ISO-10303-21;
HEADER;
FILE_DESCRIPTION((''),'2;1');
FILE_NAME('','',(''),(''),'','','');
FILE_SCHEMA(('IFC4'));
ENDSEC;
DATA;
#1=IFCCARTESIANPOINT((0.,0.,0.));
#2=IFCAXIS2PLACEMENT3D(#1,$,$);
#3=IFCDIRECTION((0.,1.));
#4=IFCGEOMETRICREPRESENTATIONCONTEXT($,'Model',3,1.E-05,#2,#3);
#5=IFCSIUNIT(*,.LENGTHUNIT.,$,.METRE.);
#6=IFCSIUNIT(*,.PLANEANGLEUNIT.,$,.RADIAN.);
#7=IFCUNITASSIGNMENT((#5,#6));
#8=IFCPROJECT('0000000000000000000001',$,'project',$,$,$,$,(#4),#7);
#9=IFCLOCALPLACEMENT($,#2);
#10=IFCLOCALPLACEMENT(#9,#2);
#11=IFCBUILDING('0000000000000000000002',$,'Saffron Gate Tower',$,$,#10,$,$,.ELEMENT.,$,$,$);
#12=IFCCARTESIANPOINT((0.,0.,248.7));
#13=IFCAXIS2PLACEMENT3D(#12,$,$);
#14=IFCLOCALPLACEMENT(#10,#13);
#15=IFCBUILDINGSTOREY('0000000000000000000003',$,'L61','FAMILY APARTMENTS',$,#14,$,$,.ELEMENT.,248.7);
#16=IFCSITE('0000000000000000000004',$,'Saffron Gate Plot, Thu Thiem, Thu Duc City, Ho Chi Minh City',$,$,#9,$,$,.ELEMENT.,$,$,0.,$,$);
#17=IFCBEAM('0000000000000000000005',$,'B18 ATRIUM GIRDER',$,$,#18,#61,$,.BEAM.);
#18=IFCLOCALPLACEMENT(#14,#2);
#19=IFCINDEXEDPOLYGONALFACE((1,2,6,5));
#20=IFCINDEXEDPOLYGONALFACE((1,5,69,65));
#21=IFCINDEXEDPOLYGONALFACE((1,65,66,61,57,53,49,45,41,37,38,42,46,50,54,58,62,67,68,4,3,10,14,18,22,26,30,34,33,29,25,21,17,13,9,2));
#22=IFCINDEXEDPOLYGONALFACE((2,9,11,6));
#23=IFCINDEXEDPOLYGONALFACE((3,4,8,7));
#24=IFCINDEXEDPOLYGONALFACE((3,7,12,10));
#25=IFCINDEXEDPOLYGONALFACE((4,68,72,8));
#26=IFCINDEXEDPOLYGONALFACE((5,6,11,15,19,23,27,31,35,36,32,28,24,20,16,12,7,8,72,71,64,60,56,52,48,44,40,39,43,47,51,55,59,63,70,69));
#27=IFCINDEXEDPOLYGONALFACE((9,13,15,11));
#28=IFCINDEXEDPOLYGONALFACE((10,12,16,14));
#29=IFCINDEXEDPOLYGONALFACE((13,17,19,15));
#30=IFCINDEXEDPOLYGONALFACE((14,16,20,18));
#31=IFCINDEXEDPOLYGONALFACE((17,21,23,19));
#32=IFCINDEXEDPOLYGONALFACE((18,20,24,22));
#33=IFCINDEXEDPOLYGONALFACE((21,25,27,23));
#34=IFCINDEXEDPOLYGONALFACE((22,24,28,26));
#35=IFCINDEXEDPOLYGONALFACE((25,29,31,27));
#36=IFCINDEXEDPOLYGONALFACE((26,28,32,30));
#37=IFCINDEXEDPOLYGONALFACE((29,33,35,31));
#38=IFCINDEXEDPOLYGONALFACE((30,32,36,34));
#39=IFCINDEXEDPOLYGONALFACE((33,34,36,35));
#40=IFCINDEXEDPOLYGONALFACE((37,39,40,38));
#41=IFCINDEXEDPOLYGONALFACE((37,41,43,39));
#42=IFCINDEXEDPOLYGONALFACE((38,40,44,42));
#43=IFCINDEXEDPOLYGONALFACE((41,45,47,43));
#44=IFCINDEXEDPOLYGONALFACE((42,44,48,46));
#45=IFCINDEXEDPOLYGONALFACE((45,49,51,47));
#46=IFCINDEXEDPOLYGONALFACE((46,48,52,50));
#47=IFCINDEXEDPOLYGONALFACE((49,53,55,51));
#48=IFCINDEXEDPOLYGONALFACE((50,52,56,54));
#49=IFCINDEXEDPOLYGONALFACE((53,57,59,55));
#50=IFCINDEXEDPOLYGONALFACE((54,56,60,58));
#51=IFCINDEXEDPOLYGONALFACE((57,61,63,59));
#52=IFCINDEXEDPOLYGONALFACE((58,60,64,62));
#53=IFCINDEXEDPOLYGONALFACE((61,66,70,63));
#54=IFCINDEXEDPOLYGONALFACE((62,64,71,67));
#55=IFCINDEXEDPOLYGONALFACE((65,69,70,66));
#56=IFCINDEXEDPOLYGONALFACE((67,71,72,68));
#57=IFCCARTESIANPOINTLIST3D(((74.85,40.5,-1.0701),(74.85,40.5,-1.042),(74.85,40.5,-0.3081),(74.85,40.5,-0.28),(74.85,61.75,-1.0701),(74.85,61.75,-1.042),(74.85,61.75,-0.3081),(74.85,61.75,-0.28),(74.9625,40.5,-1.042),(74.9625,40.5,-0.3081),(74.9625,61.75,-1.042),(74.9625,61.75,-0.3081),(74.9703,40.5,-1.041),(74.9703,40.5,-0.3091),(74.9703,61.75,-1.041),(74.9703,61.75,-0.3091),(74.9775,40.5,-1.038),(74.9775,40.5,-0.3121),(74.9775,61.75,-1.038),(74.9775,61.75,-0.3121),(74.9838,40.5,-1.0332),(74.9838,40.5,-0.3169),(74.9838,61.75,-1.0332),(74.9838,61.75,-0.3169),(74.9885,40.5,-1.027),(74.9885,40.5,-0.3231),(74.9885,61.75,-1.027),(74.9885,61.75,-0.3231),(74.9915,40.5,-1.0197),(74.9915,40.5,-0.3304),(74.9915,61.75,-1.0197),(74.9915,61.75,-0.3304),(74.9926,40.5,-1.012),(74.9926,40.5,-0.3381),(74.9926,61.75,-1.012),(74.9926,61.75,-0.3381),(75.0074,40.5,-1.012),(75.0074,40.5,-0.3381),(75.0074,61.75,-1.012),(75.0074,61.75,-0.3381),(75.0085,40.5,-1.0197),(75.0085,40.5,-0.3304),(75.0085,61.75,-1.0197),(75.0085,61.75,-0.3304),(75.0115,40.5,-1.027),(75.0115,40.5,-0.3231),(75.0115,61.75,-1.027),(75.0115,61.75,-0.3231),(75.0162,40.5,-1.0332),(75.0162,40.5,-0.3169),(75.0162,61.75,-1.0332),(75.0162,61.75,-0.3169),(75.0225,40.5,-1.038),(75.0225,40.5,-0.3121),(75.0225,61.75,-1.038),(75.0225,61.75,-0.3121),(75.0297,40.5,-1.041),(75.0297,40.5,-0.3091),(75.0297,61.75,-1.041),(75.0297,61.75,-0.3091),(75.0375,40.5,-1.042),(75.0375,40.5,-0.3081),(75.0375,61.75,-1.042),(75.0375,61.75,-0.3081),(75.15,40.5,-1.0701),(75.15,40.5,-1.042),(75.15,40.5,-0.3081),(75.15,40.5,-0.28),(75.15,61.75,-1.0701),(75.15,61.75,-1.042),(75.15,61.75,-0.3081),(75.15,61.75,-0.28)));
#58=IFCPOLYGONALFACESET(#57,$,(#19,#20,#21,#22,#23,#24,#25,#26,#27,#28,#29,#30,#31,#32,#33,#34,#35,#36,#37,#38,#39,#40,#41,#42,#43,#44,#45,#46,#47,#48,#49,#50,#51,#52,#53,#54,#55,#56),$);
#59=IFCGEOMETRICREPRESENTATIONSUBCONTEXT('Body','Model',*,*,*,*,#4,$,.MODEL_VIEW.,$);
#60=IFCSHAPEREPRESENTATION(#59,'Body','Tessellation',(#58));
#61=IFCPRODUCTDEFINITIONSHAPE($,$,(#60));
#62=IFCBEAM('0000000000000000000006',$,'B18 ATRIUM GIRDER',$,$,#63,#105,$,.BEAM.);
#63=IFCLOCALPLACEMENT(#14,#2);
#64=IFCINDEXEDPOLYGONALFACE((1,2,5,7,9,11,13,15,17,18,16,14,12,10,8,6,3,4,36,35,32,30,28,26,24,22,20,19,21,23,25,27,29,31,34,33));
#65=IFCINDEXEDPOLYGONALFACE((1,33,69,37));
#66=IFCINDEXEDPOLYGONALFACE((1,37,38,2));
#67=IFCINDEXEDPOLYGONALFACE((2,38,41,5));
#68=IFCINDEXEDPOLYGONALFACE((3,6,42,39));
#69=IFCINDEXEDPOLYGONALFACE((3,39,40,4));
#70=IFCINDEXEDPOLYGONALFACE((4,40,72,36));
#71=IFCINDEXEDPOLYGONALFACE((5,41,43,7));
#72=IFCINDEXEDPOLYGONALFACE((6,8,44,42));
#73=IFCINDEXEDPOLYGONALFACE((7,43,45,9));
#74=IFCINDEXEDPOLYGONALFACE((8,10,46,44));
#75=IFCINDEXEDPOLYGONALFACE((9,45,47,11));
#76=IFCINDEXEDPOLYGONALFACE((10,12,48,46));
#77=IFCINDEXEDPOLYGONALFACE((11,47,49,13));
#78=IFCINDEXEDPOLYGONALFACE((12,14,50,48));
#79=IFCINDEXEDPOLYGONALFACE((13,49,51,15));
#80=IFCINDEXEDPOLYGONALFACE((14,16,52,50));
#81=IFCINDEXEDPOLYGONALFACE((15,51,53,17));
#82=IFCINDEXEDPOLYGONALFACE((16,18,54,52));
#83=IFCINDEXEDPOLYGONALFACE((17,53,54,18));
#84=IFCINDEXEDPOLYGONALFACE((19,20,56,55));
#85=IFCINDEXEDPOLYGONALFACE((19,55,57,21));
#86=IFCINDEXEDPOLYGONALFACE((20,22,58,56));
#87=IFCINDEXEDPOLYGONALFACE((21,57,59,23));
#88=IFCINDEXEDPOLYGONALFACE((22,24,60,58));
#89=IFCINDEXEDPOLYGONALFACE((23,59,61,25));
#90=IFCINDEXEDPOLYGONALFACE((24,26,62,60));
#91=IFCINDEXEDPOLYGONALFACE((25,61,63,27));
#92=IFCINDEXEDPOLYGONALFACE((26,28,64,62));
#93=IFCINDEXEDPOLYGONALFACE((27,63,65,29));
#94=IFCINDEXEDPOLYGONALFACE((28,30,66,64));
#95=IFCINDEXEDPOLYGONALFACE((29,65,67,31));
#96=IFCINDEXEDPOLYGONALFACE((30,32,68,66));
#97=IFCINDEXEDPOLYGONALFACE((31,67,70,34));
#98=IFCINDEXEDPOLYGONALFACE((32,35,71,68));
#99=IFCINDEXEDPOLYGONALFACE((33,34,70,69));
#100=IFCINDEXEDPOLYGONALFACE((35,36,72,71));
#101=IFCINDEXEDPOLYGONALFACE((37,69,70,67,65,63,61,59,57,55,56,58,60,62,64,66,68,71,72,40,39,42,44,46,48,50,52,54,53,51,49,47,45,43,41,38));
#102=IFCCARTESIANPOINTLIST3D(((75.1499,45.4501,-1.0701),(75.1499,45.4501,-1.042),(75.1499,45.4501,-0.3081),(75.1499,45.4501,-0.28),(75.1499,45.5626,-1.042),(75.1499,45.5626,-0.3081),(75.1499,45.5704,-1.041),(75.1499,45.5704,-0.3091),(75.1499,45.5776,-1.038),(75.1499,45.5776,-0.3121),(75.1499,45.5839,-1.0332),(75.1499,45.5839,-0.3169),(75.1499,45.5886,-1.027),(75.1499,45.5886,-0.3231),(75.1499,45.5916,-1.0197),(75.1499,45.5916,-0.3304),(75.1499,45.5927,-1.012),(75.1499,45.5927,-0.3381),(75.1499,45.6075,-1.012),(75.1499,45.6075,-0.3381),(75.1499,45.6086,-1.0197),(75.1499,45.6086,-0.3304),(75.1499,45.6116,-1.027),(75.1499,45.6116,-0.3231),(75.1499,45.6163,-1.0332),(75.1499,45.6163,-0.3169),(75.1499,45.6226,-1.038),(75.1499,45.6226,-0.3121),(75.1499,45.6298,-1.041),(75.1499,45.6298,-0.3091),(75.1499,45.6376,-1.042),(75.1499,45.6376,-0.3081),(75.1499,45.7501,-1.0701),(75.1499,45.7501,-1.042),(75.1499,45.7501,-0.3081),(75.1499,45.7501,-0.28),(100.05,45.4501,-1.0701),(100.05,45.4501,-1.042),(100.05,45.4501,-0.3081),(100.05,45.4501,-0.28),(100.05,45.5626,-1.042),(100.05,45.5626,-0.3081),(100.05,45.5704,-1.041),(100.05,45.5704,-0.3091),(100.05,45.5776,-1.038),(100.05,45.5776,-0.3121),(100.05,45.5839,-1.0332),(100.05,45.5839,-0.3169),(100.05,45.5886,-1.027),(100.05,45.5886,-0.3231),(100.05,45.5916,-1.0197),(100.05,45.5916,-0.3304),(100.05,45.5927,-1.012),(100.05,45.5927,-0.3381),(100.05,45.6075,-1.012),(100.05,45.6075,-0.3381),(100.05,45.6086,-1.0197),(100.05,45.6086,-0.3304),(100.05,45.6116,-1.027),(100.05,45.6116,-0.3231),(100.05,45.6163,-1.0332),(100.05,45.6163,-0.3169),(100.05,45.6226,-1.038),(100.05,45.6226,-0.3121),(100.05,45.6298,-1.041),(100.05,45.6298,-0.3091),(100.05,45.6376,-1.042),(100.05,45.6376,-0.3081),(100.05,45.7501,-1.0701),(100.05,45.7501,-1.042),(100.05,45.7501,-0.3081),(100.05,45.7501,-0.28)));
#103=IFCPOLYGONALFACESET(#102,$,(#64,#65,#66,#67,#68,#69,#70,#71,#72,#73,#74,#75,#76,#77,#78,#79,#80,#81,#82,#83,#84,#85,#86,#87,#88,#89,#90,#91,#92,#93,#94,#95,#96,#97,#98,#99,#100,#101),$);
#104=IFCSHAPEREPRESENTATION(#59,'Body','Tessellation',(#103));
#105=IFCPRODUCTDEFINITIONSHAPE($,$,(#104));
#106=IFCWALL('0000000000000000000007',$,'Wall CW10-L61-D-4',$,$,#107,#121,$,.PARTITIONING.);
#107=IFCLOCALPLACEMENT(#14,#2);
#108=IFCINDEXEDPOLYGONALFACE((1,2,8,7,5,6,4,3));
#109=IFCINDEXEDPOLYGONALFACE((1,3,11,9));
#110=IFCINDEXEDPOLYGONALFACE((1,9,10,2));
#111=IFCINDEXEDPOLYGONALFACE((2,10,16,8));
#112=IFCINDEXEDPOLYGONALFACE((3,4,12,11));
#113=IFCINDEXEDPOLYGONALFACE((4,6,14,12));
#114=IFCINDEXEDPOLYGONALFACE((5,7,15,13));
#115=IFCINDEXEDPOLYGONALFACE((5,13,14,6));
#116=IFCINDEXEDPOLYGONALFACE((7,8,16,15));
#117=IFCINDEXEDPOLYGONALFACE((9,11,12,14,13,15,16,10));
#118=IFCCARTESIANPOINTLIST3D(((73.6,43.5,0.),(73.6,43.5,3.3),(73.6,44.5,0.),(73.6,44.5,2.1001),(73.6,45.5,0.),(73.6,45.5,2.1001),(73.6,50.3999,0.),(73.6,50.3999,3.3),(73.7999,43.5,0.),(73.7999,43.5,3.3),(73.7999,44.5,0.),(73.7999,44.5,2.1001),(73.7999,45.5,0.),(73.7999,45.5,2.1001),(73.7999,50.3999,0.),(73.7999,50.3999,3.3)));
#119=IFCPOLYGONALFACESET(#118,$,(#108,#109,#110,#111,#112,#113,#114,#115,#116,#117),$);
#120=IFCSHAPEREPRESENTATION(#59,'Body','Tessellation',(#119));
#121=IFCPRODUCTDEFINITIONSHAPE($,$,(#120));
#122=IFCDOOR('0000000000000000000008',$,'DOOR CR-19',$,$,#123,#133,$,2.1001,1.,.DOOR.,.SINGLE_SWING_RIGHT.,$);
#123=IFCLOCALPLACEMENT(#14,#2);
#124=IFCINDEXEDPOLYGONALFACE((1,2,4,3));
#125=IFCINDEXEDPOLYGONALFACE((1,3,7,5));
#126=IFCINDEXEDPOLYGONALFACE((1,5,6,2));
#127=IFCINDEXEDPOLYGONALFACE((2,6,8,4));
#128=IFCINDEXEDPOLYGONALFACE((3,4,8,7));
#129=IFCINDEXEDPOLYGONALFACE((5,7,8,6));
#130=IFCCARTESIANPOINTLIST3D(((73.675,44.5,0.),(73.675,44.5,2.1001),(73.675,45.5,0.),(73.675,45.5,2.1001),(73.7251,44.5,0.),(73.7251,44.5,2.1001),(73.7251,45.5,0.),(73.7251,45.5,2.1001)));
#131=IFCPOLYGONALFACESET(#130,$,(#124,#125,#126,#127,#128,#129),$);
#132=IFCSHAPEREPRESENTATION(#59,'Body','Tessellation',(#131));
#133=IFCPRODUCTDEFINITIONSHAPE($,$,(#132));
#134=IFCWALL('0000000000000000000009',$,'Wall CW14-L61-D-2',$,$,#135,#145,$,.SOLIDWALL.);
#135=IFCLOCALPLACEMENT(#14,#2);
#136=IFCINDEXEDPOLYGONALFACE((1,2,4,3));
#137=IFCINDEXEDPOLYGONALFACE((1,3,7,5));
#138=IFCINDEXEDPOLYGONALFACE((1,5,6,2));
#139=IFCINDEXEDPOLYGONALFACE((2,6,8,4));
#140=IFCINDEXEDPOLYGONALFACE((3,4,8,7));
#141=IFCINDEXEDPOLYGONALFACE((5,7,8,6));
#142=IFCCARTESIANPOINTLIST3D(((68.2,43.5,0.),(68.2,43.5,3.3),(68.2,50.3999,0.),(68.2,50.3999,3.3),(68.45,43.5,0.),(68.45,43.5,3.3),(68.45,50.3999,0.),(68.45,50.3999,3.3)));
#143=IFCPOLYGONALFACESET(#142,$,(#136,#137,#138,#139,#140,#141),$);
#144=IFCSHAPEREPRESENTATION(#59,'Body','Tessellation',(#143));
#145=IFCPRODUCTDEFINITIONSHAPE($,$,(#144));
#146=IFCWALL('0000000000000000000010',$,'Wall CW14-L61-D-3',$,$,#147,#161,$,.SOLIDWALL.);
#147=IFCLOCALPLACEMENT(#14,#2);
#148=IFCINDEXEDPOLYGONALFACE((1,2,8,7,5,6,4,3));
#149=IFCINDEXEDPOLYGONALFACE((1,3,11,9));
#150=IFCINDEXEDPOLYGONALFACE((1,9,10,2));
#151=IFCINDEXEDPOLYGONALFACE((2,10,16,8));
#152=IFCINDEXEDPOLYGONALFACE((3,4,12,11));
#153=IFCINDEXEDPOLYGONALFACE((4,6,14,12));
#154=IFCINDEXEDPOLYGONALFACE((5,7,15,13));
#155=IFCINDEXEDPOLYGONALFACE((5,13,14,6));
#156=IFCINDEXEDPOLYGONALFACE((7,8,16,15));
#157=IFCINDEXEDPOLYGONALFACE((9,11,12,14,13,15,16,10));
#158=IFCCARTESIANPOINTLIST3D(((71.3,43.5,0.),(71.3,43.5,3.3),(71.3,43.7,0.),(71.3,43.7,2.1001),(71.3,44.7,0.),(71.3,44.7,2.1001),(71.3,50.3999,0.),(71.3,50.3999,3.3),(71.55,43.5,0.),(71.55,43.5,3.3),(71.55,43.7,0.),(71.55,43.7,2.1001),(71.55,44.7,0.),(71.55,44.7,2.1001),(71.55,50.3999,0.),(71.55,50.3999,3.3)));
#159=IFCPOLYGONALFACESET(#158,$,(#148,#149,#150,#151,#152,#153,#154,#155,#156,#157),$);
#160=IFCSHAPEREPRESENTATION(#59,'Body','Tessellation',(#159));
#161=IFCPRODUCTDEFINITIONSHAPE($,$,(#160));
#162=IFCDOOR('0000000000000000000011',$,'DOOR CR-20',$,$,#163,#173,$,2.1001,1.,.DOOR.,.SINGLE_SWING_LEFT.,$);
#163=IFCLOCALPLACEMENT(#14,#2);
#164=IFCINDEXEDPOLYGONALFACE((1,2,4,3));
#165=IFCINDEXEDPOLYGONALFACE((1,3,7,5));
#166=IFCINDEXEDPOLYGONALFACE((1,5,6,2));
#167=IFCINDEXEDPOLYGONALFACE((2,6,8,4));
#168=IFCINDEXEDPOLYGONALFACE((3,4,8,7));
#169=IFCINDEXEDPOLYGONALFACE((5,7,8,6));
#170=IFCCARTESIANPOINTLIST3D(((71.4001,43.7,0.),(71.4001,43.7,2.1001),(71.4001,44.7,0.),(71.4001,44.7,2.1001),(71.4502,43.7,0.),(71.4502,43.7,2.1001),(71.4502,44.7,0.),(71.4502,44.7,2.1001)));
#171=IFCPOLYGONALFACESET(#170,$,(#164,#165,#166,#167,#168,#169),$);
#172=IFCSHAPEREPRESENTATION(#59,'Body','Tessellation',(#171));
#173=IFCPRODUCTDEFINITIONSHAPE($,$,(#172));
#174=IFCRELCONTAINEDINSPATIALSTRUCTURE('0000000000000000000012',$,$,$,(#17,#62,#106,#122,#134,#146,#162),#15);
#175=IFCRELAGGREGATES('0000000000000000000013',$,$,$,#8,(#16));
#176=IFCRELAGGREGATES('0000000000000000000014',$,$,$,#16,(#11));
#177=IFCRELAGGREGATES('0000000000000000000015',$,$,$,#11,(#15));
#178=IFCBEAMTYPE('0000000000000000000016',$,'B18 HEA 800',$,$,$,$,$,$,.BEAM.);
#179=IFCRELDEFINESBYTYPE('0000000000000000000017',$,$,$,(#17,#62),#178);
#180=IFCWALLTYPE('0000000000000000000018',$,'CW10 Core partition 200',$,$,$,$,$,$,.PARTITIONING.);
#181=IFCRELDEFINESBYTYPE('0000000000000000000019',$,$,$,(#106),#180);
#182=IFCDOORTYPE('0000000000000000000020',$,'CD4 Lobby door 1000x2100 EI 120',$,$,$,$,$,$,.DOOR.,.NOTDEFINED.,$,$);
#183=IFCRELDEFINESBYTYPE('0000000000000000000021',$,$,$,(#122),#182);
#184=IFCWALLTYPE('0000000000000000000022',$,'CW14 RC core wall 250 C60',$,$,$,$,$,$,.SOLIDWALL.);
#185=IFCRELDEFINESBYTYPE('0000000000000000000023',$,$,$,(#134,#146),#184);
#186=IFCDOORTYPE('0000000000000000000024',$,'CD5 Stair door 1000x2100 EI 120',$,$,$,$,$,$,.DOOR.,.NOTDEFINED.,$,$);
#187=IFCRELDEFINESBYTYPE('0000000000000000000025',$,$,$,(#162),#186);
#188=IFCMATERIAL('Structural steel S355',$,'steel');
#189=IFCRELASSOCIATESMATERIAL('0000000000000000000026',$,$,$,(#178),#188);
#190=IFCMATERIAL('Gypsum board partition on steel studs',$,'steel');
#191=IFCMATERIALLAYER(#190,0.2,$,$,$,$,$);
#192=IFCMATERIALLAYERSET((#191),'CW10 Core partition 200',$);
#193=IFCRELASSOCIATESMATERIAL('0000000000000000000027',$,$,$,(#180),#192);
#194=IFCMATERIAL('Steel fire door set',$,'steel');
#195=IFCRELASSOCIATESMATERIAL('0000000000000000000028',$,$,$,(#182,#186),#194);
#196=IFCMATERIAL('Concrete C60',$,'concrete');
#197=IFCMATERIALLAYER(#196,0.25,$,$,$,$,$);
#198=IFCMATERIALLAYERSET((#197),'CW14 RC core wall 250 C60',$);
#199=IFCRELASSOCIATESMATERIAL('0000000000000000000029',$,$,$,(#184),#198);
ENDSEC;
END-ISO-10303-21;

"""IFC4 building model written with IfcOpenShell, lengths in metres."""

from ifc_helpers import new_model, si_unit, direction, frame, frame_2d, origin, origin_2d, place, context, subcontext, project, spatial, rectangle, i_section, extrude, material, layer, layer_set, material_profile, profile_set, type_object, element, fill, save


model = new_model("IFC4")

# Units and contexts
model_context = context("Model", 3, precision=1e-05, world=origin(), true_north=direction((0.0, 1.0)))
body_context = subcontext(model_context, "Body", "Model", "MODEL_VIEW")
ifc_project = project(units=[si_unit("LENGTHUNIT", "METRE"), si_unit("PLANEANGLEUNIT", "RADIAN")], contexts=[model_context])

# Site, building, storey
site_placement = place(None, origin())
site = spatial("IfcSite", under=ifc_project, at=site_placement, Name="Saffron Gate Plot, Thu Thiem, Thu Duc City, Ho Chi Minh City", CompositionType="ELEMENT", RefElevation=0.0)
building_placement = place(site_placement, origin())
building = spatial("IfcBuilding", under=site, at=building_placement, Name="Saffron Gate Tower", CompositionType="ELEMENT")
storey_placement = place(building_placement, frame((0.0, 0.0, 248.7)))
storey = spatial("IfcBuildingStorey", under=building, at=storey_placement, Name="L61", Description="FAMILY APARTMENTS", CompositionType="ELEMENT", Elevation=248.7)

# Beams
ifc_material_1 = material(Name="Structural steel S355", Category="steel")
ifc_material_profile = material_profile(ifc_material_1, i_section(OverallWidth=0.3, OverallDepth=0.79, WebThickness=0.0149, FlangeThickness=0.0281, FilletRadius=0.03, at=origin_2d()))
ifc_profile_set = profile_set([ifc_material_profile], Name="Structural steel S355")
beam_type = type_object("IfcBeamType", Name="B18 HEA 800", PredefinedType="BEAM", material=ifc_profile_set)
beam_1_placement = place(storey_placement, frame((75.0, 40.5, -0.675), z_axis=(0.0, 1.0, 0.0), x_axis=(-1.0, 0.0, 0.0)))
element("IfcBeam", 1, at=beam_1_placement, inside=storey, type_object=beam_type, Name="B18 ATRIUM GIRDER", PredefinedType="BEAM", context=body_context, shape_type="SweptSolid", body=[
    extrude(i_section(OverallWidth=0.3, OverallDepth=0.79, WebThickness=0.0149, FlangeThickness=0.0281, FilletRadius=0.03, at=origin_2d()), origin(), (0.0, 0.0, 1.0), 21.25),
])
beam_2_placement = place(storey_placement, frame((75.1499, 45.6001, -0.675), z_axis=(1.0, 0.0, 0.0), x_axis=(0.0, 1.0, 0.0)))
element("IfcBeam", 2, at=beam_2_placement, inside=storey, type_object=beam_type, Name="B18 ATRIUM GIRDER", PredefinedType="BEAM", context=body_context, shape_type="SweptSolid", body=[
    extrude(i_section(OverallWidth=0.3, OverallDepth=0.79, WebThickness=0.0149, FlangeThickness=0.0281, FilletRadius=0.03, at=origin_2d()), origin(), (0.0, 0.0, 1.0), 24.9001),
])

# Wall, opening, door
ifc_material_2 = material(Name="Gypsum board partition on steel studs", Category="steel")
ifc_layer_1 = layer(ifc_material_2, 0.2)
ifc_layer_set_1 = layer_set([ifc_layer_1], Name="CW10 Core partition 200")
wall_type_1 = type_object("IfcWallType", Name="CW10 Core partition 200", PredefinedType="PARTITIONING", material=ifc_layer_set_1)
wall_1_placement = place(storey_placement, frame((73.7, 43.5, 0.0), z_axis=(0.0, 0.0, 1.0), x_axis=(0.0, 1.0, 0.0)))
wall_1 = element("IfcWall", 3, at=wall_1_placement, inside=storey, type_object=wall_type_1, Name="Wall CW10-L61-D-4", PredefinedType="PARTITIONING", context=body_context, shape_type="SweptSolid", body=[
    extrude(rectangle(XDim=6.8999, YDim=0.2, at=frame_2d((3.45, 0.0))), origin(), (0.0, 0.0, 1.0), 3.3),
])
opening_1_placement = place(wall_1_placement, frame((1.0, 0.0, 0.0)))
opening_1 = element("IfcOpeningElement", 4, at=opening_1_placement, cuts=wall_1, PredefinedType="OPENING", context=body_context, shape_type="SweptSolid", body=[
    extrude(rectangle(XDim=1.0, YDim=2.1001, at=frame_2d((0.5, 1.05))), frame((0.0, 0.1099, 0.0), z_axis=(0.0, -1.0, 0.0), x_axis=(1.0, 0.0, 0.0)), (0.0, 0.0, 1.0), 0.22),
])
ifc_material_3 = material(Name="Steel fire door set", Category="steel")
door_type_1 = type_object("IfcDoorType", Name="CD4 Lobby door 1000x2100 EI 120", OperationType="NOTDEFINED", PredefinedType="DOOR", material=ifc_material_3)
door_1_placement = place(opening_1_placement, origin())
door_1 = element("IfcDoor", 5, at=door_1_placement, inside=storey, type_object=door_type_1, Name="DOOR CR-19", OperationType="SINGLE_SWING_RIGHT", OverallHeight=2.1001, OverallWidth=1.0, PredefinedType="DOOR", context=body_context, shape_type="SweptSolid", body=[
    extrude(rectangle(XDim=1.0, YDim=2.1001, at=frame_2d((0.5, 1.05))), frame((0.0, 0.0249, 0.0), z_axis=(0.0, -1.0, 0.0), x_axis=(1.0, 0.0, 0.0)), (0.0, 0.0, 1.0), 0.05),
])
fill(opening_1, door_1)

# Wall
ifc_material_4 = material(Name="Concrete C60", Category="concrete")
ifc_layer_2 = layer(ifc_material_4, 0.25)
ifc_layer_set_2 = layer_set([ifc_layer_2], Name="CW14 RC core wall 250 C60")
wall_type_2 = type_object("IfcWallType", Name="CW14 RC core wall 250 C60", PredefinedType="SOLIDWALL", material=ifc_layer_set_2)
wall_2_placement = place(storey_placement, frame((68.325, 43.5, 0.0), z_axis=(0.0, 0.0, 1.0), x_axis=(0.0, 1.0, 0.0)))
element("IfcWall", 6, at=wall_2_placement, inside=storey, type_object=wall_type_2, Name="Wall CW14-L61-D-2", PredefinedType="SOLIDWALL", context=body_context, shape_type="SweptSolid", body=[
    extrude(rectangle(XDim=6.8999, YDim=0.25, at=frame_2d((3.45, 0.0))), origin(), (0.0, 0.0, 1.0), 3.3),
])

# Wall, opening, door
wall_3_placement = place(storey_placement, frame((71.425, 43.5, 0.0), z_axis=(0.0, 0.0, 1.0), x_axis=(0.0, 1.0, 0.0)))
wall_3 = element("IfcWall", 7, at=wall_3_placement, inside=storey, type_object=wall_type_2, Name="Wall CW14-L61-D-3", PredefinedType="SOLIDWALL", context=body_context, shape_type="SweptSolid", body=[
    extrude(rectangle(XDim=6.8999, YDim=0.25, at=frame_2d((3.45, 0.0))), origin(), (0.0, 0.0, 1.0), 3.3),
])
opening_2_placement = place(wall_3_placement, frame((0.2, 0.0, 0.0)))
opening_2 = element("IfcOpeningElement", 8, at=opening_2_placement, cuts=wall_3, PredefinedType="OPENING", context=body_context, shape_type="SweptSolid", body=[
    extrude(rectangle(XDim=1.0, YDim=2.1001, at=frame_2d((0.5, 1.05))), frame((0.0, 0.135, 0.0), z_axis=(0.0, -1.0, 0.0), x_axis=(1.0, 0.0, 0.0)), (0.0, 0.0, 1.0), 0.27),
])
door_type_2 = type_object("IfcDoorType", Name="CD5 Stair door 1000x2100 EI 120", OperationType="NOTDEFINED", PredefinedType="DOOR", material=ifc_material_3)
door_2_placement = place(opening_2_placement, origin())
door_2 = element("IfcDoor", 9, at=door_2_placement, inside=storey, type_object=door_type_2, Name="DOOR CR-20", OperationType="SINGLE_SWING_LEFT", OverallHeight=2.1001, OverallWidth=1.0, PredefinedType="DOOR", context=body_context, shape_type="SweptSolid", body=[
    extrude(rectangle(XDim=1.0, YDim=2.1001, at=frame_2d((0.5, 1.05))), frame((0.0, 0.0249, 0.0), z_axis=(0.0, -1.0, 0.0), x_axis=(1.0, 0.0, 0.0)), (0.0, 0.0, 1.0), 0.05),
])
fill(opening_2, door_2)

save(model, "model.ifc")
